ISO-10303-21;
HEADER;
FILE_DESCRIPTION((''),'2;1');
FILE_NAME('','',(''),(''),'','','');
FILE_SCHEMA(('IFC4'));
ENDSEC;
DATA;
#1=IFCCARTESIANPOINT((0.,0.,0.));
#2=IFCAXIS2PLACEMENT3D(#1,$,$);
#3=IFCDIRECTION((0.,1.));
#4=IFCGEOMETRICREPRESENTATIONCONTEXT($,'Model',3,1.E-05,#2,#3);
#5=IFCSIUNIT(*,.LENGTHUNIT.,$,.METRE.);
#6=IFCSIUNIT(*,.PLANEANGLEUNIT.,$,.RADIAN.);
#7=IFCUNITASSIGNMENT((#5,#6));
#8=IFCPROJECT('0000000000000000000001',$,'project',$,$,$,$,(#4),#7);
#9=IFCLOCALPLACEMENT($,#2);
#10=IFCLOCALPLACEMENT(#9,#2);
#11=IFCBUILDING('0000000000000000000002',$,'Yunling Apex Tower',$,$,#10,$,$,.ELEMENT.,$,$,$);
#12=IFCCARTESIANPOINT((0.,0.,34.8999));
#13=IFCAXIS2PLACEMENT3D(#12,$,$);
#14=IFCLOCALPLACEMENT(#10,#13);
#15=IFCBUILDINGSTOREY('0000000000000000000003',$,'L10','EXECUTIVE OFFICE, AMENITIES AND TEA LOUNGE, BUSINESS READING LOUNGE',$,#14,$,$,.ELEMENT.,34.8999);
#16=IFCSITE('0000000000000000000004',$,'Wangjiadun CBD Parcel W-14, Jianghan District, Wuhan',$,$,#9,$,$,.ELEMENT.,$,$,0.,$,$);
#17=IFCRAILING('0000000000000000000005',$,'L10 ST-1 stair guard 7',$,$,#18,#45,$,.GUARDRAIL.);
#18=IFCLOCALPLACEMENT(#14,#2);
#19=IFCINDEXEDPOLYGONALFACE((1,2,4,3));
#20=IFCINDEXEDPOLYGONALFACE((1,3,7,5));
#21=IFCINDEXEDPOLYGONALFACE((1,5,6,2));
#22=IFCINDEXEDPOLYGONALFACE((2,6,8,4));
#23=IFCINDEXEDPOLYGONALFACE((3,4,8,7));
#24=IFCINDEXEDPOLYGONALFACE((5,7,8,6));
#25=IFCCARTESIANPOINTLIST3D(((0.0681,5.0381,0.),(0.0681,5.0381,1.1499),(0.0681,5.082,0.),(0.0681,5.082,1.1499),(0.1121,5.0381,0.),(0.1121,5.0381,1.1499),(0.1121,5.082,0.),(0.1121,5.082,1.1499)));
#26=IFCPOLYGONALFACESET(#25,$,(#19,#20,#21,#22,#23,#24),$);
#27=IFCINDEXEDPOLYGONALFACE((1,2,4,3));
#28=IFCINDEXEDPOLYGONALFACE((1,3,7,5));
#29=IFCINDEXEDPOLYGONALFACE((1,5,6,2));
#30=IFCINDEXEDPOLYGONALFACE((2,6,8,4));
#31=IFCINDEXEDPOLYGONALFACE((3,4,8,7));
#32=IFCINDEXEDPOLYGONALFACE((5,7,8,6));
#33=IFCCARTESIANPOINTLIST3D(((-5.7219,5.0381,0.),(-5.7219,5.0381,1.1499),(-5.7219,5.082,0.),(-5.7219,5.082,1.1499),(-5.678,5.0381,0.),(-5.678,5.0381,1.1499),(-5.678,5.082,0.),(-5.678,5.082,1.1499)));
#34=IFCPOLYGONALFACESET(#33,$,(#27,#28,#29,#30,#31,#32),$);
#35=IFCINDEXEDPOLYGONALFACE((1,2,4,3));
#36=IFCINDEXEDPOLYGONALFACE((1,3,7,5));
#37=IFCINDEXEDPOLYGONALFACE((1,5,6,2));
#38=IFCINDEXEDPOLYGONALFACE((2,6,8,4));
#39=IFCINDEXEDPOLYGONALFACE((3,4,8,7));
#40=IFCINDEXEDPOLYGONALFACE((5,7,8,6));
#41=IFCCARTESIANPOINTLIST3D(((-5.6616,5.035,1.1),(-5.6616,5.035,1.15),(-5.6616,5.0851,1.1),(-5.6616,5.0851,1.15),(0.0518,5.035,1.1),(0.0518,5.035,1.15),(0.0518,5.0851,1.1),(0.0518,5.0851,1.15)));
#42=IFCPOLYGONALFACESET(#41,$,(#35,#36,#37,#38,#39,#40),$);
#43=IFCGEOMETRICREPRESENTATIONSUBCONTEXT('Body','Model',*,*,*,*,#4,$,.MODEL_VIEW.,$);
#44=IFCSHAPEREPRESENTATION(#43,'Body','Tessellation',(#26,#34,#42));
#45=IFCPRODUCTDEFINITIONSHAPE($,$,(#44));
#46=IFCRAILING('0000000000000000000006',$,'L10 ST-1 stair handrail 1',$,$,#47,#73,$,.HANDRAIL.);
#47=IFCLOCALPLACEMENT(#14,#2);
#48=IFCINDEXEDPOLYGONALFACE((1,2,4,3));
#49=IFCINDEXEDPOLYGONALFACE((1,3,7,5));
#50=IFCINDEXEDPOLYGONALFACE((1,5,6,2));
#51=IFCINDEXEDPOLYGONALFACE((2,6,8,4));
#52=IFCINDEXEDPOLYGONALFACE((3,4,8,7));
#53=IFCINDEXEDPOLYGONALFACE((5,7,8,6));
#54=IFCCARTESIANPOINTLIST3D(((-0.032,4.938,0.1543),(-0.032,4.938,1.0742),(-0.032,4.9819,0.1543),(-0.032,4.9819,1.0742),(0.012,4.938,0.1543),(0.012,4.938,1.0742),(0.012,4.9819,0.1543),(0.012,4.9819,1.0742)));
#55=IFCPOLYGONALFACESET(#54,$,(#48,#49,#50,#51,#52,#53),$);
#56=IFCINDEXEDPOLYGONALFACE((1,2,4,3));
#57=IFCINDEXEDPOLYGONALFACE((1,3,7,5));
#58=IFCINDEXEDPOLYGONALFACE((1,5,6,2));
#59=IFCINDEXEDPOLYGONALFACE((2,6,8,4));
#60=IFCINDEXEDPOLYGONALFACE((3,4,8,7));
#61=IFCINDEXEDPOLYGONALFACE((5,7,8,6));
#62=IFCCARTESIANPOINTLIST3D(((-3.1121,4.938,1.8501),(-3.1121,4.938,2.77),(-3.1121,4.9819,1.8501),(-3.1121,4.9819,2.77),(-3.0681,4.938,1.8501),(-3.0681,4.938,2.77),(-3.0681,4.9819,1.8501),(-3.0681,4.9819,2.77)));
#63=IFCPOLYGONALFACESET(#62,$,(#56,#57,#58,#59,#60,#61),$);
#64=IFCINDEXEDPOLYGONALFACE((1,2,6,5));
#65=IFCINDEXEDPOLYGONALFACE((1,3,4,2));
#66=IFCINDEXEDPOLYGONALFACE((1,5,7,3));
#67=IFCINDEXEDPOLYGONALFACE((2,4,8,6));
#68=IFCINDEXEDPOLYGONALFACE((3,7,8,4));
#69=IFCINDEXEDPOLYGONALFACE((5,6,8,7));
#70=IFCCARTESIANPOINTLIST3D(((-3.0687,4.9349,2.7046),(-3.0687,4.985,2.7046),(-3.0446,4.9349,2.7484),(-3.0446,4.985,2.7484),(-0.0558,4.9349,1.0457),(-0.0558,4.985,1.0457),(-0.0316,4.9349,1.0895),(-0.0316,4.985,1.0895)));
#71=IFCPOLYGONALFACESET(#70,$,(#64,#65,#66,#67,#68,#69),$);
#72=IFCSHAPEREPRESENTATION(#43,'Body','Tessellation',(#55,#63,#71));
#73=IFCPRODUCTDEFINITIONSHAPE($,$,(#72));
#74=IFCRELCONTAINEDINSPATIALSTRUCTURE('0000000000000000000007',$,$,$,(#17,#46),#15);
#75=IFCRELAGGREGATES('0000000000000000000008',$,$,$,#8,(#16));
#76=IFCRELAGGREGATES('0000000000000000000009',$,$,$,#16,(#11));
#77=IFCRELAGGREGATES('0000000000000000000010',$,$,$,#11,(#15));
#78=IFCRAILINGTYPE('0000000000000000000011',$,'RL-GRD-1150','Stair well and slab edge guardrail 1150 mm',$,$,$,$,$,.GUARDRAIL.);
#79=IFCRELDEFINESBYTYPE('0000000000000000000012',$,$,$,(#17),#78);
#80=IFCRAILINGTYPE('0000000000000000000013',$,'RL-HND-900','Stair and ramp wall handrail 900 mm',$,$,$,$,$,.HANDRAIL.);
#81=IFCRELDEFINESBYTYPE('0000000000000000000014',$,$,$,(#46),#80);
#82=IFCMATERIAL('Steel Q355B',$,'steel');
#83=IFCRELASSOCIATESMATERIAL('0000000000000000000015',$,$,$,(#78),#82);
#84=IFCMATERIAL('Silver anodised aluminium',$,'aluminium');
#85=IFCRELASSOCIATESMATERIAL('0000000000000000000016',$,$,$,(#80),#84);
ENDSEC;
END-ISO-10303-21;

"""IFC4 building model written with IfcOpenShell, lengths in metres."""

from ifc_helpers import new_model, si_unit, direction, frame, origin, origin_2d, place, context, subcontext, project, spatial, rectangle, extrude, material, type_object, element, save


model = new_model("IFC4")

# Units and contexts
model_context = context("Model", 3, precision=1e-05, world=origin(), true_north=direction((0.0, 1.0)))
body_context = subcontext(model_context, "Body", "Model", "MODEL_VIEW")
ifc_project = project(units=[si_unit("LENGTHUNIT", "METRE"), si_unit("PLANEANGLEUNIT", "RADIAN")], contexts=[model_context])

# Site, building, storey
site_placement = place(None, origin())
site = spatial("IfcSite", under=ifc_project, at=site_placement, Name="Wangjiadun CBD Parcel W-14, Jianghan District, Wuhan", CompositionType="ELEMENT", RefElevation=0.0)
building_placement = place(site_placement, origin())
building = spatial("IfcBuilding", under=site, at=building_placement, Name="Yunling Apex Tower", CompositionType="ELEMENT")
storey_placement = place(building_placement, frame((0.0, 0.0, 34.8999)))
storey = spatial("IfcBuildingStorey", under=building, at=storey_placement, Name="L10", Description="EXECUTIVE OFFICE, AMENITIES AND TEA LOUNGE, BUSINESS READING LOUNGE", CompositionType="ELEMENT", Elevation=34.8999)

# Shared definitions
ifc_material_1 = material(Name="Steel Q355B", Category="steel")

# Railings
railing_type_1 = type_object("IfcRailingType", Name="RL-GRD-1150", Description="Stair well and slab edge guardrail 1150 mm", PredefinedType="GUARDRAIL", material=ifc_material_1)
railing_1_placement = place(storey_placement, frame((0.0901, 5.0601, 0.0)))
element("IfcRailing", 1, at=railing_1_placement, inside=storey, type_object=railing_type_1, Name="L10 ST-1 stair guard 7", PredefinedType="GUARDRAIL", context=body_context, shape_type="SweptSolid", body=[
    extrude(rectangle(XDim=0.0439, YDim=0.0439, at=origin_2d()), origin(), (0.0, 0.0, 1.0), 1.1499),
    extrude(rectangle(XDim=0.0439, YDim=0.0439, at=origin_2d()), frame((-5.79, 0.0, 0.0)), (0.0, 0.0, 1.0), 1.1499),
    extrude(rectangle(XDim=0.05, YDim=0.05, at=origin_2d()), frame((-0.0383, 0.0, 1.125), z_axis=(-1.0, 0.0, 0.0), x_axis=(0.0, -1.0, 0.0)), (0.0, 0.0, 1.0), 5.7134),
])
ifc_material_2 = material(Name="Silver anodised aluminium", Category="aluminium")
railing_type_2 = type_object("IfcRailingType", Name="RL-HND-900", Description="Stair and ramp wall handrail 900 mm", PredefinedType="HANDRAIL", material=ifc_material_2)
railing_2_placement = place(storey_placement, frame((-0.01, 4.96, 0.1543)))
element("IfcRailing", 2, at=railing_2_placement, inside=storey, type_object=railing_type_2, Name="L10 ST-1 stair handrail 1", PredefinedType="HANDRAIL", context=body_context, shape_type="SweptSolid", body=[
    extrude(rectangle(XDim=0.0439, YDim=0.0439, at=origin_2d()), origin(), (0.0, 0.0, 1.0), 0.9199),
    extrude(rectangle(XDim=0.0439, YDim=0.0439, at=origin_2d()), frame((-3.0801, 0.0, 1.6958)), (0.0, 0.0, 1.0), 0.9199),
    extrude(rectangle(XDim=0.05, YDim=0.05, at=origin_2d()), frame((-0.0337, 0.0, 0.9133), z_axis=(-0.876005, 0.0, 0.482303), x_axis=(0.0, -1.0, 0.0)), (0.0, 0.0, 1.0), 3.4395),
])

save(model, "model.ifc")
